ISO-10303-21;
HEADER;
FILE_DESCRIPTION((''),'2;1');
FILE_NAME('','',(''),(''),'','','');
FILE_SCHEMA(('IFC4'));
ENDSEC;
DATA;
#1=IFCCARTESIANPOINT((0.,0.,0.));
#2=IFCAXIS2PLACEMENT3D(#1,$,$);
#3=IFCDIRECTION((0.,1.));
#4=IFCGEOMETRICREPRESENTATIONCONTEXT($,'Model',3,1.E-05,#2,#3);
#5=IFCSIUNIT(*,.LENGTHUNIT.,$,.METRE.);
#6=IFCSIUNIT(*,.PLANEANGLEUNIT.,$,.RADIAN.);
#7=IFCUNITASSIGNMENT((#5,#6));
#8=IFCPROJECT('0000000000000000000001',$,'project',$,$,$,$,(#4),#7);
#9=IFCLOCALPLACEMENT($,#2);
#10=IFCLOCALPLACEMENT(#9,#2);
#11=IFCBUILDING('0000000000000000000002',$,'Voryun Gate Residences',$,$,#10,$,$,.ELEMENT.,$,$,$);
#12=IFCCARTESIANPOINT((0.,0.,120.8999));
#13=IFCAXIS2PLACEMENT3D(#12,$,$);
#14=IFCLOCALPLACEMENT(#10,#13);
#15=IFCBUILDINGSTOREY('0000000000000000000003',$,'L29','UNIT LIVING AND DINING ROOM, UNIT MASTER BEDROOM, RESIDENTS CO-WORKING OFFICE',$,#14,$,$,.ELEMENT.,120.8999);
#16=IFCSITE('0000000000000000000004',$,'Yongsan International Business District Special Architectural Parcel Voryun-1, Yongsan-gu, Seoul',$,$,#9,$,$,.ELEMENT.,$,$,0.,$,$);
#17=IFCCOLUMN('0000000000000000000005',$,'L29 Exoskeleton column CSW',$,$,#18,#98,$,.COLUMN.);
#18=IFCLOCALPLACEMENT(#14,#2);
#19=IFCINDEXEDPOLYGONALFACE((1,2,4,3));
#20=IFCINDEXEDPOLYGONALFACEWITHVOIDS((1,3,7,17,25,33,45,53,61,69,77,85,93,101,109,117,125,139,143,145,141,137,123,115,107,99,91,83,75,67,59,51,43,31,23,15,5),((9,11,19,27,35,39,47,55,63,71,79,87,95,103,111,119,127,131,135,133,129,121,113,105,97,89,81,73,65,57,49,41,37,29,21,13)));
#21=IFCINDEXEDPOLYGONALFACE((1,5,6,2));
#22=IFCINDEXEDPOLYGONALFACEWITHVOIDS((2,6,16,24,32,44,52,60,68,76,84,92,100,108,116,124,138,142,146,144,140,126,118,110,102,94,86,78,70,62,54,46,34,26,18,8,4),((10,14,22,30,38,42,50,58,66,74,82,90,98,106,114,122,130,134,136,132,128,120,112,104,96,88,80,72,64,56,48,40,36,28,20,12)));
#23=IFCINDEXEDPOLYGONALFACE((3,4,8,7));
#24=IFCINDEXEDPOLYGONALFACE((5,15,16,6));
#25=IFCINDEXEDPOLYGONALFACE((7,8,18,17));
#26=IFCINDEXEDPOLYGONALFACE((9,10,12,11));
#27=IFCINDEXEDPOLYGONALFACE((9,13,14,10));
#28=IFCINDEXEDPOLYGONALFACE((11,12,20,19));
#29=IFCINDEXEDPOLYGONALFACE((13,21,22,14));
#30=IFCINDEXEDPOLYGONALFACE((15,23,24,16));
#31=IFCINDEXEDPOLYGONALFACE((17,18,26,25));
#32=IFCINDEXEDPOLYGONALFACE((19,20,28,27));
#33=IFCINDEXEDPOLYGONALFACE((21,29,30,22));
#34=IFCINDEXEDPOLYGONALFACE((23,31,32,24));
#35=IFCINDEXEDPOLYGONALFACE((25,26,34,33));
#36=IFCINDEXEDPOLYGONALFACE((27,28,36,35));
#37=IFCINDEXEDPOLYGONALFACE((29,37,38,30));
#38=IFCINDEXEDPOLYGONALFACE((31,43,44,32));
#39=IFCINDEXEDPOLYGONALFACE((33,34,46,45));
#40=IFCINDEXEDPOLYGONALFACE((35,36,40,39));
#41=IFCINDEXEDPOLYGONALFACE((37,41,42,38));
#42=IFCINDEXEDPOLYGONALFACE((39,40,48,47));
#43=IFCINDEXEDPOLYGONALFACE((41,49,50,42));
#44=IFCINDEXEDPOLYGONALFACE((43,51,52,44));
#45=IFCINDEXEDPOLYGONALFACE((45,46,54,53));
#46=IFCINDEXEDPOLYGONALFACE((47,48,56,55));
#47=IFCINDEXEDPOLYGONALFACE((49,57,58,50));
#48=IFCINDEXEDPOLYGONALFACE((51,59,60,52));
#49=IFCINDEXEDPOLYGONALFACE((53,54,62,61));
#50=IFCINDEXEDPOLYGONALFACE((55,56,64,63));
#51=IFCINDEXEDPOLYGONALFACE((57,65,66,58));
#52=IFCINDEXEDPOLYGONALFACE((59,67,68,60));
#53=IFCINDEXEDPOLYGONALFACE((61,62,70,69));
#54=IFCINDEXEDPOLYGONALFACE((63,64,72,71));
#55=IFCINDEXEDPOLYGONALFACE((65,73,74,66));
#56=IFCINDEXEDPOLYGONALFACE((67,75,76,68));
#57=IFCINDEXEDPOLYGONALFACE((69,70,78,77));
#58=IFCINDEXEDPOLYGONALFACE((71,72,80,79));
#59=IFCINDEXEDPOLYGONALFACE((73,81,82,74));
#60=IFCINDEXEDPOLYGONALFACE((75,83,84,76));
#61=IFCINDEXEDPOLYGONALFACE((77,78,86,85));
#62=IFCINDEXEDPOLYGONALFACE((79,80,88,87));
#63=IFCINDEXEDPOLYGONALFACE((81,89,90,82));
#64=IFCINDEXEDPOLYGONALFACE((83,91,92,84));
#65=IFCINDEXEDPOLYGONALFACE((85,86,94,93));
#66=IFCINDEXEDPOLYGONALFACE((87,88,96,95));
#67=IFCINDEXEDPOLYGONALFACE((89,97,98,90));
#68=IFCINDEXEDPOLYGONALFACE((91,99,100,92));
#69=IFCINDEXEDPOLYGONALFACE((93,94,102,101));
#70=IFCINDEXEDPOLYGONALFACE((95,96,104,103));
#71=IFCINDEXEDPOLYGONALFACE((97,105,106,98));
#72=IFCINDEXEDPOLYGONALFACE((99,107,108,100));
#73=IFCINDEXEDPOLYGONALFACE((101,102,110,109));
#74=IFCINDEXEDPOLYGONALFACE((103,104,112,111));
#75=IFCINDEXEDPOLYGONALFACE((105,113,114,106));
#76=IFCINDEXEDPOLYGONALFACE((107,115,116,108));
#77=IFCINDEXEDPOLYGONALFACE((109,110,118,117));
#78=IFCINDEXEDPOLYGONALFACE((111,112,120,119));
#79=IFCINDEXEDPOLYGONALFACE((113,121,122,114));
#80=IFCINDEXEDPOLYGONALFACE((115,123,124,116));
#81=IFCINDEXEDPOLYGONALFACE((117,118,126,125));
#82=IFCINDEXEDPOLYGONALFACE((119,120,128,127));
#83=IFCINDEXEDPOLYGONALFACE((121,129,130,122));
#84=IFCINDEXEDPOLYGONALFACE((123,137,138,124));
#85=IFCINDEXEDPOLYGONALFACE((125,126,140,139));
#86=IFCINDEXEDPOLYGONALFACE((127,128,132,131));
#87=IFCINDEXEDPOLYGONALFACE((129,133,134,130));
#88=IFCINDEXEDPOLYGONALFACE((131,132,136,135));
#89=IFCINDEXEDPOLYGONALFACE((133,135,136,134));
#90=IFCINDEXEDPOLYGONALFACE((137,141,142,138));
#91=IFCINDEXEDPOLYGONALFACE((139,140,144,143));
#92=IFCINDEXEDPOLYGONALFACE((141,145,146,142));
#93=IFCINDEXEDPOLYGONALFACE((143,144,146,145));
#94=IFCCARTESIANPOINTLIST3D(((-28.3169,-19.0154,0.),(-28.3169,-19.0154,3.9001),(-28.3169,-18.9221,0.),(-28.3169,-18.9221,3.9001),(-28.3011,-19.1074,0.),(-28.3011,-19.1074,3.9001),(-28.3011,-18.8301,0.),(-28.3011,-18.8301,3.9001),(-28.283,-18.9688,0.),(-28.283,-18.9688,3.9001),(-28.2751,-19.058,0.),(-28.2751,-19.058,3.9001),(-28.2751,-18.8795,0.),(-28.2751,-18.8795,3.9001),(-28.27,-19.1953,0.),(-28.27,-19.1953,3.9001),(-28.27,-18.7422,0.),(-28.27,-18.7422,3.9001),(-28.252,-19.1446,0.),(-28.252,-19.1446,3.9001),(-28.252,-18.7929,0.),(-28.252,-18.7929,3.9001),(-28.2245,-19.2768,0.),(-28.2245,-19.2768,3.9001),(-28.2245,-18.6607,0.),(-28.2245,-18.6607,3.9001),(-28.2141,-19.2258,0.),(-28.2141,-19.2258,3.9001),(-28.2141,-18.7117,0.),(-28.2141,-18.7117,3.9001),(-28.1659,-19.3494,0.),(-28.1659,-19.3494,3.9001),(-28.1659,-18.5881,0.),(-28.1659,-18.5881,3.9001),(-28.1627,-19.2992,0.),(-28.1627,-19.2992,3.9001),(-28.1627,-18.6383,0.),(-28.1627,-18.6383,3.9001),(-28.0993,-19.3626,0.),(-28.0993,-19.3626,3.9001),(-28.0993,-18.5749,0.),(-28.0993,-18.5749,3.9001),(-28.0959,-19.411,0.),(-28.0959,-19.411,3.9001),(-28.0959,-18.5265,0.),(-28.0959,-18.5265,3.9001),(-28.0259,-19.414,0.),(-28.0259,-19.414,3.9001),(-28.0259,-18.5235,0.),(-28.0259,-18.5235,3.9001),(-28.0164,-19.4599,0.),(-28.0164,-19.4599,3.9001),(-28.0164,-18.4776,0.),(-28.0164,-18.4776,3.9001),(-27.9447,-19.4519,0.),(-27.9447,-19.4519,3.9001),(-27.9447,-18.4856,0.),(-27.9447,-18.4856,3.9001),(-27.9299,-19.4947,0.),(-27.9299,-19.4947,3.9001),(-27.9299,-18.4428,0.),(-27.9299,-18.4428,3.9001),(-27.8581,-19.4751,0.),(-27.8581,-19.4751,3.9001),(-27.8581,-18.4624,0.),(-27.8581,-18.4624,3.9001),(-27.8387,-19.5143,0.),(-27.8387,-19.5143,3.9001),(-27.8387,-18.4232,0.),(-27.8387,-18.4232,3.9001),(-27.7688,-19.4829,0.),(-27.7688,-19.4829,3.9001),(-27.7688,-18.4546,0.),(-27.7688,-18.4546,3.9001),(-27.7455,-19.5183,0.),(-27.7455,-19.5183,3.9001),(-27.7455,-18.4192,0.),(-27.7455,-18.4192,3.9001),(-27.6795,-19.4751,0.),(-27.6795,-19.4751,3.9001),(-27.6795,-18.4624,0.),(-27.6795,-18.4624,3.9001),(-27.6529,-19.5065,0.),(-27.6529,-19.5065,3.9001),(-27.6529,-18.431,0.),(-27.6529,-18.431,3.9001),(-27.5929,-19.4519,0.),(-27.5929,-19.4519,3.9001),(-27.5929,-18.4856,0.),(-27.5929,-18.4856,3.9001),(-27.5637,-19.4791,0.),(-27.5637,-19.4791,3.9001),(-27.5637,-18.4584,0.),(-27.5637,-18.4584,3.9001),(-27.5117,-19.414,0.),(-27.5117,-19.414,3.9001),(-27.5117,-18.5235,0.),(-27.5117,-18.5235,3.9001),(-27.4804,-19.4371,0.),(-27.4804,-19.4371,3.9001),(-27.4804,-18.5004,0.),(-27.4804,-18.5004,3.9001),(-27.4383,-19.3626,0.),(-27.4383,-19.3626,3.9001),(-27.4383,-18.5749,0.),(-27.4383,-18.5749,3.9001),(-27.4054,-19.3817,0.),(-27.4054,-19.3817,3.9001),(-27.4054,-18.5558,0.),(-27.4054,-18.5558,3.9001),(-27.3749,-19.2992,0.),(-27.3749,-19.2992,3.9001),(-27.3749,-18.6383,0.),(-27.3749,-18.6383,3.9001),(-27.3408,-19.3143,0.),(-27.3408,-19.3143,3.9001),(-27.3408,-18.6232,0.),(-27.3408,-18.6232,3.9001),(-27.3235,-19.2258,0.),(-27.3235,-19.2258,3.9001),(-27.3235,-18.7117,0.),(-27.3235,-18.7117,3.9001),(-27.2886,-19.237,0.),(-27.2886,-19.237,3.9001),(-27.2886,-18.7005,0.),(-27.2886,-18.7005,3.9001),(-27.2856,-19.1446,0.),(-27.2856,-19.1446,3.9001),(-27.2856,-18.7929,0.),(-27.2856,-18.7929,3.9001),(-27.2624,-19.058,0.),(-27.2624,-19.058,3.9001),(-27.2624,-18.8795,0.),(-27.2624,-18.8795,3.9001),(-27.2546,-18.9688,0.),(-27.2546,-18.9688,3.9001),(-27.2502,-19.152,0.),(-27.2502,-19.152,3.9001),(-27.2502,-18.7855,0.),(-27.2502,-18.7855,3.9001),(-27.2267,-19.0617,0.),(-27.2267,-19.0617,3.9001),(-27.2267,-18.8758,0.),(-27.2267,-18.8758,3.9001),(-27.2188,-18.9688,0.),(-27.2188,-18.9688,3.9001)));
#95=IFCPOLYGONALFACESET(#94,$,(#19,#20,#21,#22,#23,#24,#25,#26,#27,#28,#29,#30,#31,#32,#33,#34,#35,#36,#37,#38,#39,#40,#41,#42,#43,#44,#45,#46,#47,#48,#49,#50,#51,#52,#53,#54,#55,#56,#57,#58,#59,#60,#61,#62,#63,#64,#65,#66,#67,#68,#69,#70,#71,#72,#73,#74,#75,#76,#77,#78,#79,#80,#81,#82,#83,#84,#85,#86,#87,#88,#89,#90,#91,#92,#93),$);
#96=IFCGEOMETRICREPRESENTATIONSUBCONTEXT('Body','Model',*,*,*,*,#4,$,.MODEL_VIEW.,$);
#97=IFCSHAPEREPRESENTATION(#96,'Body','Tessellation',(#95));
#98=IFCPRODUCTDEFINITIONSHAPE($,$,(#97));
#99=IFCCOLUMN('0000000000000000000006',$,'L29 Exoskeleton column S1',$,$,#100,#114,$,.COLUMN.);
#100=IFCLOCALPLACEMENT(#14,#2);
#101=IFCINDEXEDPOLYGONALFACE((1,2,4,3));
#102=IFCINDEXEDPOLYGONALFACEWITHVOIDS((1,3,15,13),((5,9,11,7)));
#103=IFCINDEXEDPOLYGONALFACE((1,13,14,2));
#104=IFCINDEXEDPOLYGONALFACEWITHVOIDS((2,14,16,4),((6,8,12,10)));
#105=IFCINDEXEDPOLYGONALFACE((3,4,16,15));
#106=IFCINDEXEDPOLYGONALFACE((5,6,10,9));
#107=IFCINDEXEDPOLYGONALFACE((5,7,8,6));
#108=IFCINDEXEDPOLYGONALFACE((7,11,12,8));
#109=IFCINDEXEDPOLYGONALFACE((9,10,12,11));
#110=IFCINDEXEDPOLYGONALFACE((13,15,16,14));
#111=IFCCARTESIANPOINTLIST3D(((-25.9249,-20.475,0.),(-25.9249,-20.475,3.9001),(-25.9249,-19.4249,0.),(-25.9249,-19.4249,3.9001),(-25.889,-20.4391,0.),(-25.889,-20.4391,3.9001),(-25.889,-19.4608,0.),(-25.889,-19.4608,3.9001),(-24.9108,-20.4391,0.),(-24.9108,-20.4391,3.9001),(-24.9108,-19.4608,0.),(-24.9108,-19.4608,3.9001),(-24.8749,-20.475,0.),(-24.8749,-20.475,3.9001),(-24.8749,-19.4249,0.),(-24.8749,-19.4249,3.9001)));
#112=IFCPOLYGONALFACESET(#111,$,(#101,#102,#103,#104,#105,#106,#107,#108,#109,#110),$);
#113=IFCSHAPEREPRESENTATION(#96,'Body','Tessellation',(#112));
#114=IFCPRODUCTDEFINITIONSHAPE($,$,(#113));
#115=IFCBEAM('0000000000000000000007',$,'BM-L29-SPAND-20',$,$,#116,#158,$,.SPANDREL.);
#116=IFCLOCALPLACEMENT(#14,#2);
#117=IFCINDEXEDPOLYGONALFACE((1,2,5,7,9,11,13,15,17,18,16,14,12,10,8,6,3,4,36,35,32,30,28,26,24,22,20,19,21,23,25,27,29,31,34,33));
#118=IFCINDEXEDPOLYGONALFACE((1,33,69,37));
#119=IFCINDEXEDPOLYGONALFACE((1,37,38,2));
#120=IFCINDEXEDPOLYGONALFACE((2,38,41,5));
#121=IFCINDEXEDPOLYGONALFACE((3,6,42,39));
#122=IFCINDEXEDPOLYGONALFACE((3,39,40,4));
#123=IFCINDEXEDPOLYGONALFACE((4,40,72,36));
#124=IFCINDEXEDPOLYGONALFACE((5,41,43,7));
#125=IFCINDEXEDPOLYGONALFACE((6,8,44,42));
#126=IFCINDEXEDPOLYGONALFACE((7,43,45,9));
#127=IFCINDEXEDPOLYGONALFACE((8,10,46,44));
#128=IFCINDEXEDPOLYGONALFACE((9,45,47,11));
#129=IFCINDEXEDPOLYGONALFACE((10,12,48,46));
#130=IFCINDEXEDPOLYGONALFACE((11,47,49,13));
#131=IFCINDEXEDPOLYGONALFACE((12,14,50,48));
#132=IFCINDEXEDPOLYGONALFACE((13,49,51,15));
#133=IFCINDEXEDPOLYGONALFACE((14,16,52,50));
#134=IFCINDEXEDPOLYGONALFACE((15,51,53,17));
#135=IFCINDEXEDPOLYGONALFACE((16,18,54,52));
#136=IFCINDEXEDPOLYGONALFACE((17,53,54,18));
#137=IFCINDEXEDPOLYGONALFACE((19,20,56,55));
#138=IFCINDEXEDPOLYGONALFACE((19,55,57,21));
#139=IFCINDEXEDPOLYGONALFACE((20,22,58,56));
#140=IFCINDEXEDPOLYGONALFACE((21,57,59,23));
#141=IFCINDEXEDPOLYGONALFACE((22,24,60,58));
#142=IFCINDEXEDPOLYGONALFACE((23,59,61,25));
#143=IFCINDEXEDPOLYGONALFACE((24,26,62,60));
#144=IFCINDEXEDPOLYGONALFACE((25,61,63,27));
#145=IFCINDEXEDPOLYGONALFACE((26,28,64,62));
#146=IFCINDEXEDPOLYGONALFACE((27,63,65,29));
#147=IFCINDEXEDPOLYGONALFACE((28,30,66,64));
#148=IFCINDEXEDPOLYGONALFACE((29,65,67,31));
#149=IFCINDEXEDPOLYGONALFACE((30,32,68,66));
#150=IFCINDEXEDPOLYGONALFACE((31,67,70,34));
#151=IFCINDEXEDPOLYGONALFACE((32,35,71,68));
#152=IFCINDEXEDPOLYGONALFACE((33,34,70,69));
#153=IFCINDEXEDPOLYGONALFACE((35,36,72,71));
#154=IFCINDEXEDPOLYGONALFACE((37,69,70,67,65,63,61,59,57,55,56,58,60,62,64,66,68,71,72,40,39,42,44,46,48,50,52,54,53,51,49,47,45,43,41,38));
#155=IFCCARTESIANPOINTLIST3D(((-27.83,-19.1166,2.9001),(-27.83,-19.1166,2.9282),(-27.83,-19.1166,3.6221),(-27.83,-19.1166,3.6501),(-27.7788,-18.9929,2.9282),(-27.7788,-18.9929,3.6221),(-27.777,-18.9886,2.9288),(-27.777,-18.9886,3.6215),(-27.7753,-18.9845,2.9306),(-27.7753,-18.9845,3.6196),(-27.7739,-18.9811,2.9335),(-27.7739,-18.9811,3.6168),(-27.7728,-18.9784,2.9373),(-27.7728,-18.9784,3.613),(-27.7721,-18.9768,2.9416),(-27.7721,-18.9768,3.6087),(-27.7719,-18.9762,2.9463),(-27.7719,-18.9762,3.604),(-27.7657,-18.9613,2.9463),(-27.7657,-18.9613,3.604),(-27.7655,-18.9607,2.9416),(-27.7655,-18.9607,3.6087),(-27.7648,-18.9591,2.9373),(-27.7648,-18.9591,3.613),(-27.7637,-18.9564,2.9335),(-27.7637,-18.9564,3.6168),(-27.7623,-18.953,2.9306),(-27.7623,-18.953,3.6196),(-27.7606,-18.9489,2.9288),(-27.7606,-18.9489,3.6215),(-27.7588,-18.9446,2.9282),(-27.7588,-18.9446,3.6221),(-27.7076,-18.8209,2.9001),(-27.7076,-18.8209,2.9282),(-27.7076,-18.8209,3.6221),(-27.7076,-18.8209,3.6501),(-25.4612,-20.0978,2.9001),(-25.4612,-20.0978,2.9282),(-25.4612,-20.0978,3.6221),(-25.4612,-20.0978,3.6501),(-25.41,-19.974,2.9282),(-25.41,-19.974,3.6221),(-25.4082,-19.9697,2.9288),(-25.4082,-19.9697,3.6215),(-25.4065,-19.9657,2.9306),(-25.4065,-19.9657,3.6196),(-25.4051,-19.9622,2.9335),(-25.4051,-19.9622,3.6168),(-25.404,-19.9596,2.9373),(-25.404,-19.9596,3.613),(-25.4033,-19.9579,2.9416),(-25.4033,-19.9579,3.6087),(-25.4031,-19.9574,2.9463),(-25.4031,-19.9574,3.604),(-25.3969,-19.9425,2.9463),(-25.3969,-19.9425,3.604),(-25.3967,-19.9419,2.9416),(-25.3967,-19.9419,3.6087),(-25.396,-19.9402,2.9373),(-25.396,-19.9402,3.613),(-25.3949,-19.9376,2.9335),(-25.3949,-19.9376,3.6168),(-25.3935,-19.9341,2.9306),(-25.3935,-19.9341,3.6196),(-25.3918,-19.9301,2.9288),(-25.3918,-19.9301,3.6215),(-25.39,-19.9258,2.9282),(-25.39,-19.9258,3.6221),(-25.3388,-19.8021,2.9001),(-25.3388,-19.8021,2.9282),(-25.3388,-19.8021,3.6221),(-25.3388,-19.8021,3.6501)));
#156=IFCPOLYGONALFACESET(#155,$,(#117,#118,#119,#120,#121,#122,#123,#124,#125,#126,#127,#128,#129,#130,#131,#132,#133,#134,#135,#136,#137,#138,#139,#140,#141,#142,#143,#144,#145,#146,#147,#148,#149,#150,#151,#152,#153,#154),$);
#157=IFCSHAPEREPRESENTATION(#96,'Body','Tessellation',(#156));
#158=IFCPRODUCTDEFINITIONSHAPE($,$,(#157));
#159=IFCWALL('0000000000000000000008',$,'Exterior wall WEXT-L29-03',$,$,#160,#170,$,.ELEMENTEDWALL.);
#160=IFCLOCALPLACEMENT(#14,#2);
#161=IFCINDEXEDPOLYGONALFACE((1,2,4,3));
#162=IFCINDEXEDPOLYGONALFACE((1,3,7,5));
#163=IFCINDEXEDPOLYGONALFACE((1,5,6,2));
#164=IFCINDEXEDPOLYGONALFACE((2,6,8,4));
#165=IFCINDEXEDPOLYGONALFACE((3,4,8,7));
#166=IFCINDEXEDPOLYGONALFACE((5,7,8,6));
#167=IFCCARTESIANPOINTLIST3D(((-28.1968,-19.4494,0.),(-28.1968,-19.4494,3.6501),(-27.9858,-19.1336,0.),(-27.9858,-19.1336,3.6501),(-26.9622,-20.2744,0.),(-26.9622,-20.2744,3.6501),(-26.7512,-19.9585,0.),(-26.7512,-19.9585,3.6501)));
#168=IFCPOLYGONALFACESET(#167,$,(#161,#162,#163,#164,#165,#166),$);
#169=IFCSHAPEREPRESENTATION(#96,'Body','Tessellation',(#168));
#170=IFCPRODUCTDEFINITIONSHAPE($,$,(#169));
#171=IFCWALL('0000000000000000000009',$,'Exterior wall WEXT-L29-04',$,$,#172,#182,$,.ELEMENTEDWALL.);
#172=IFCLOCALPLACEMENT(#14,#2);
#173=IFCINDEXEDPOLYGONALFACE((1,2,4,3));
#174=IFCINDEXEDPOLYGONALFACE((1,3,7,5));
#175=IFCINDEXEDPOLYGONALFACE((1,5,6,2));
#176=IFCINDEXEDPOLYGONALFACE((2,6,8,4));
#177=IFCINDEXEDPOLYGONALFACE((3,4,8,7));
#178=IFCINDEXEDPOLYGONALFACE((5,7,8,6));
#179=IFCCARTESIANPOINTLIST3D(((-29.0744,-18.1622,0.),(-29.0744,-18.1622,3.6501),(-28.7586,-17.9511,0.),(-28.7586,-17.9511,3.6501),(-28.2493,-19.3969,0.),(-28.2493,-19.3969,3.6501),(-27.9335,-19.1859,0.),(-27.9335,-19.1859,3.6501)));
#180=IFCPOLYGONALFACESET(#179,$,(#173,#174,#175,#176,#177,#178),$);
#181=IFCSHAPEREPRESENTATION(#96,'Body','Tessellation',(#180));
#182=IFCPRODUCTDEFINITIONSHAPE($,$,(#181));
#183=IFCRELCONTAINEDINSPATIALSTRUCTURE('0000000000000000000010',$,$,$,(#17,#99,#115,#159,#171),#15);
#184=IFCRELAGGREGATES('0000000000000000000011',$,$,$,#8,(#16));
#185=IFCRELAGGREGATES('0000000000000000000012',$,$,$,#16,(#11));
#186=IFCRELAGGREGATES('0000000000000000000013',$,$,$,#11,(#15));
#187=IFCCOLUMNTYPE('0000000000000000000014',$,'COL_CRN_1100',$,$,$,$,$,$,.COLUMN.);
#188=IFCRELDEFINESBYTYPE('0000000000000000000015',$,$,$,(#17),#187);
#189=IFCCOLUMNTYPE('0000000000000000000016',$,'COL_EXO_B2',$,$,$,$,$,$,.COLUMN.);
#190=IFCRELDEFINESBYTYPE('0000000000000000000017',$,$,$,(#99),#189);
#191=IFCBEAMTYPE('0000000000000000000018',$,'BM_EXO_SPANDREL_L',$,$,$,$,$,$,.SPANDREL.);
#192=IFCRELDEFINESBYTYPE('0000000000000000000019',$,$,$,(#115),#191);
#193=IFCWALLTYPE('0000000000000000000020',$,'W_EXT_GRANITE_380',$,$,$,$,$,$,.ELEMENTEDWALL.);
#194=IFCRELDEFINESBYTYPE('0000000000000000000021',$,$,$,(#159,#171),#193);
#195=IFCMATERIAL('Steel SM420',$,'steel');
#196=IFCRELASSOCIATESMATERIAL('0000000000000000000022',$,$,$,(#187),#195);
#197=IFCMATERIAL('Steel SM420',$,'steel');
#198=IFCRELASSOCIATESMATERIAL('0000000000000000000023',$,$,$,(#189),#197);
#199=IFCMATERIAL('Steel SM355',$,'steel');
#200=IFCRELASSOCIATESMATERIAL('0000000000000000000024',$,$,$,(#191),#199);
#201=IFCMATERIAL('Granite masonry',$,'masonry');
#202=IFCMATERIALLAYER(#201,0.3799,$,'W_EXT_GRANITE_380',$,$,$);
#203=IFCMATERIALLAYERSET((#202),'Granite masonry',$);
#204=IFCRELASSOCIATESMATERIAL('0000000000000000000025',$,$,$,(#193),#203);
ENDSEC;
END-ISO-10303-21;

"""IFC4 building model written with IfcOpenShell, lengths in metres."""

from ifc_helpers import new_model, si_unit, direction, frame, frame_2d, origin, origin_2d, place, context, subcontext, project, spatial, rectangle, hollow_rectangle, hollow_circle, i_section, extrude, material, layer, layer_set, material_profile, profile_set, type_object, element, save


model = new_model("IFC4")

# Units and contexts
model_context = context("Model", 3, precision=1e-05, world=origin(), true_north=direction((0.0, 1.0)))
body_context = subcontext(model_context, "Body", "Model", "MODEL_VIEW")
ifc_project = project(units=[si_unit("LENGTHUNIT", "METRE"), si_unit("PLANEANGLEUNIT", "RADIAN")], contexts=[model_context])

# Site, building, storey
site_placement = place(None, origin())
site = spatial("IfcSite", under=ifc_project, at=site_placement, Name="Yongsan International Business District Special Architectural Parcel Voryun-1, Yongsan-gu, Seoul", CompositionType="ELEMENT", RefElevation=0.0)
building_placement = place(site_placement, origin())
building = spatial("IfcBuilding", under=site, at=building_placement, Name="Voryun Gate Residences", CompositionType="ELEMENT")
storey_placement = place(building_placement, frame((0.0, 0.0, 120.8999)))
storey = spatial("IfcBuildingStorey", under=building, at=storey_placement, Name="L29", Description="UNIT LIVING AND DINING ROOM, UNIT MASTER BEDROOM, RESIDENTS CO-WORKING OFFICE", CompositionType="ELEMENT", Elevation=120.8999)

# Columns
ifc_material_1 = material(Name="Steel SM420", Category="steel")
ifc_material_profile_1 = material_profile(ifc_material_1, hollow_circle(Radius=0.55, WallThickness=0.0359, at=origin_2d()), Name="CHS-1100x36")
ifc_profile_set_1 = profile_set([ifc_material_profile_1], Name="Steel SM420")
column_type_1 = type_object("IfcColumnType", Name="COL_CRN_1100", PredefinedType="COLUMN", material=ifc_profile_set_1)
column_1_placement = place(storey_placement, frame((-27.7688, -18.9688, 0.0), z_axis=(0.0, 0.0, 1.0), x_axis=(1.0, 0.0, 0.0)))
element("IfcColumn", 1, at=column_1_placement, inside=storey, type_object=column_type_1, Name="L29 Exoskeleton column CSW", PredefinedType="COLUMN", context=body_context, shape_type="SweptSolid", body=[
    extrude(hollow_circle(Radius=0.55, WallThickness=0.0359, at=origin_2d()), origin(), (0.0, 0.0, 1.0), 3.9001),
])
ifc_material_2 = material(Name="Steel SM420", Category="steel")
ifc_material_profile_2 = material_profile(ifc_material_2, hollow_rectangle(XDim=1.05, YDim=1.05, WallThickness=0.0359, at=origin_2d()), Name="BOX-1050x1050x36")
ifc_profile_set_2 = profile_set([ifc_material_profile_2], Name="Steel SM420")
column_type_2 = type_object("IfcColumnType", Name="COL_EXO_B2", PredefinedType="COLUMN", material=ifc_profile_set_2)
column_2_placement = place(storey_placement, frame((-25.3999, -19.95, 0.0), z_axis=(0.0, 0.0, 1.0), x_axis=(1.0, 0.0, 0.0)))
element("IfcColumn", 2, at=column_2_placement, inside=storey, type_object=column_type_2, Name="L29 Exoskeleton column S1", PredefinedType="COLUMN", context=body_context, shape_type="SweptSolid", body=[
    extrude(hollow_rectangle(XDim=1.05, YDim=1.05, WallThickness=0.0359, at=origin_2d()), origin(), (0.0, 0.0, 1.0), 3.9001),
])

# Beam
ifc_material_3 = material(Name="Steel SM355", Category="steel")
ifc_material_profile_3 = material_profile(ifc_material_3, i_section(OverallWidth=0.3201, OverallDepth=0.75, WebThickness=0.0161, FlangeThickness=0.0281, FilletRadius=0.0181, at=origin_2d()), Name="H-750x320x16x28")
ifc_profile_set_3 = profile_set([ifc_material_profile_3], Name="Steel SM355")
beam_type = type_object("IfcBeamType", Name="BM_EXO_SPANDREL_L", PredefinedType="SPANDREL", material=ifc_profile_set_3)
beam_placement = place(storey_placement, frame((-27.7688, -18.9688, 3.2751), z_axis=(0.923883, -0.382674, 0.0), x_axis=(0.382674, 0.923883, 0.0)))
element("IfcBeam", 3, at=beam_placement, inside=storey, type_object=beam_type, Name="BM-L29-SPAND-20", PredefinedType="SPANDREL", context=body_context, shape_type="SweptSolid", body=[
    extrude(i_section(OverallWidth=0.3201, OverallDepth=0.75, WebThickness=0.0161, FlangeThickness=0.0281, FilletRadius=0.0181, at=origin_2d()), origin(), (0.0, 0.0, 1.0), 2.564),
])

# Walls
ifc_material_4 = material(Name="Granite masonry", Category="masonry")
ifc_layer_1 = layer(ifc_material_4, 0.3799, Name="W_EXT_GRANITE_380")
ifc_layer_set_1 = layer_set([ifc_layer_1], Name="Granite masonry")
wall_type_1 = type_object("IfcWallType", Name="W_EXT_GRANITE_380", PredefinedType="ELEMENTEDWALL", material=ifc_layer_set_1)
wall_1_placement = place(storey_placement, frame((-26.8567, -20.1165, 0.0), z_axis=(0.0, 0.0, 1.0), x_axis=(-0.831468, 0.555573, 0.0)))
element("IfcWall", 4, at=wall_1_placement, inside=storey, type_object=wall_type_1, Name="Exterior wall WEXT-L29-03", PredefinedType="ELEMENTEDWALL", context=body_context, shape_type="SweptSolid", body=[
    extrude(rectangle(XDim=1.4849, YDim=0.3799, at=frame_2d((0.7424, 0.0))), origin(), (0.0, 0.0, 1.0), 3.6501),
])
wall_2_placement = place(storey_placement, frame((-28.0913, -19.2915, 0.0), z_axis=(0.0, 0.0, 1.0), x_axis=(-0.55561, 0.831443, 0.0)))
element("IfcWall", 5, at=wall_2_placement, inside=storey, type_object=wall_type_1, Name="Exterior wall WEXT-L29-04", PredefinedType="ELEMENTEDWALL", context=body_context, shape_type="SweptSolid", body=[
    extrude(rectangle(XDim=1.4851, YDim=0.3799, at=frame_2d((0.7427, 0.0))), origin(), (0.0, 0.0, 1.0), 3.6501),
])

save(model, "model.ifc")
